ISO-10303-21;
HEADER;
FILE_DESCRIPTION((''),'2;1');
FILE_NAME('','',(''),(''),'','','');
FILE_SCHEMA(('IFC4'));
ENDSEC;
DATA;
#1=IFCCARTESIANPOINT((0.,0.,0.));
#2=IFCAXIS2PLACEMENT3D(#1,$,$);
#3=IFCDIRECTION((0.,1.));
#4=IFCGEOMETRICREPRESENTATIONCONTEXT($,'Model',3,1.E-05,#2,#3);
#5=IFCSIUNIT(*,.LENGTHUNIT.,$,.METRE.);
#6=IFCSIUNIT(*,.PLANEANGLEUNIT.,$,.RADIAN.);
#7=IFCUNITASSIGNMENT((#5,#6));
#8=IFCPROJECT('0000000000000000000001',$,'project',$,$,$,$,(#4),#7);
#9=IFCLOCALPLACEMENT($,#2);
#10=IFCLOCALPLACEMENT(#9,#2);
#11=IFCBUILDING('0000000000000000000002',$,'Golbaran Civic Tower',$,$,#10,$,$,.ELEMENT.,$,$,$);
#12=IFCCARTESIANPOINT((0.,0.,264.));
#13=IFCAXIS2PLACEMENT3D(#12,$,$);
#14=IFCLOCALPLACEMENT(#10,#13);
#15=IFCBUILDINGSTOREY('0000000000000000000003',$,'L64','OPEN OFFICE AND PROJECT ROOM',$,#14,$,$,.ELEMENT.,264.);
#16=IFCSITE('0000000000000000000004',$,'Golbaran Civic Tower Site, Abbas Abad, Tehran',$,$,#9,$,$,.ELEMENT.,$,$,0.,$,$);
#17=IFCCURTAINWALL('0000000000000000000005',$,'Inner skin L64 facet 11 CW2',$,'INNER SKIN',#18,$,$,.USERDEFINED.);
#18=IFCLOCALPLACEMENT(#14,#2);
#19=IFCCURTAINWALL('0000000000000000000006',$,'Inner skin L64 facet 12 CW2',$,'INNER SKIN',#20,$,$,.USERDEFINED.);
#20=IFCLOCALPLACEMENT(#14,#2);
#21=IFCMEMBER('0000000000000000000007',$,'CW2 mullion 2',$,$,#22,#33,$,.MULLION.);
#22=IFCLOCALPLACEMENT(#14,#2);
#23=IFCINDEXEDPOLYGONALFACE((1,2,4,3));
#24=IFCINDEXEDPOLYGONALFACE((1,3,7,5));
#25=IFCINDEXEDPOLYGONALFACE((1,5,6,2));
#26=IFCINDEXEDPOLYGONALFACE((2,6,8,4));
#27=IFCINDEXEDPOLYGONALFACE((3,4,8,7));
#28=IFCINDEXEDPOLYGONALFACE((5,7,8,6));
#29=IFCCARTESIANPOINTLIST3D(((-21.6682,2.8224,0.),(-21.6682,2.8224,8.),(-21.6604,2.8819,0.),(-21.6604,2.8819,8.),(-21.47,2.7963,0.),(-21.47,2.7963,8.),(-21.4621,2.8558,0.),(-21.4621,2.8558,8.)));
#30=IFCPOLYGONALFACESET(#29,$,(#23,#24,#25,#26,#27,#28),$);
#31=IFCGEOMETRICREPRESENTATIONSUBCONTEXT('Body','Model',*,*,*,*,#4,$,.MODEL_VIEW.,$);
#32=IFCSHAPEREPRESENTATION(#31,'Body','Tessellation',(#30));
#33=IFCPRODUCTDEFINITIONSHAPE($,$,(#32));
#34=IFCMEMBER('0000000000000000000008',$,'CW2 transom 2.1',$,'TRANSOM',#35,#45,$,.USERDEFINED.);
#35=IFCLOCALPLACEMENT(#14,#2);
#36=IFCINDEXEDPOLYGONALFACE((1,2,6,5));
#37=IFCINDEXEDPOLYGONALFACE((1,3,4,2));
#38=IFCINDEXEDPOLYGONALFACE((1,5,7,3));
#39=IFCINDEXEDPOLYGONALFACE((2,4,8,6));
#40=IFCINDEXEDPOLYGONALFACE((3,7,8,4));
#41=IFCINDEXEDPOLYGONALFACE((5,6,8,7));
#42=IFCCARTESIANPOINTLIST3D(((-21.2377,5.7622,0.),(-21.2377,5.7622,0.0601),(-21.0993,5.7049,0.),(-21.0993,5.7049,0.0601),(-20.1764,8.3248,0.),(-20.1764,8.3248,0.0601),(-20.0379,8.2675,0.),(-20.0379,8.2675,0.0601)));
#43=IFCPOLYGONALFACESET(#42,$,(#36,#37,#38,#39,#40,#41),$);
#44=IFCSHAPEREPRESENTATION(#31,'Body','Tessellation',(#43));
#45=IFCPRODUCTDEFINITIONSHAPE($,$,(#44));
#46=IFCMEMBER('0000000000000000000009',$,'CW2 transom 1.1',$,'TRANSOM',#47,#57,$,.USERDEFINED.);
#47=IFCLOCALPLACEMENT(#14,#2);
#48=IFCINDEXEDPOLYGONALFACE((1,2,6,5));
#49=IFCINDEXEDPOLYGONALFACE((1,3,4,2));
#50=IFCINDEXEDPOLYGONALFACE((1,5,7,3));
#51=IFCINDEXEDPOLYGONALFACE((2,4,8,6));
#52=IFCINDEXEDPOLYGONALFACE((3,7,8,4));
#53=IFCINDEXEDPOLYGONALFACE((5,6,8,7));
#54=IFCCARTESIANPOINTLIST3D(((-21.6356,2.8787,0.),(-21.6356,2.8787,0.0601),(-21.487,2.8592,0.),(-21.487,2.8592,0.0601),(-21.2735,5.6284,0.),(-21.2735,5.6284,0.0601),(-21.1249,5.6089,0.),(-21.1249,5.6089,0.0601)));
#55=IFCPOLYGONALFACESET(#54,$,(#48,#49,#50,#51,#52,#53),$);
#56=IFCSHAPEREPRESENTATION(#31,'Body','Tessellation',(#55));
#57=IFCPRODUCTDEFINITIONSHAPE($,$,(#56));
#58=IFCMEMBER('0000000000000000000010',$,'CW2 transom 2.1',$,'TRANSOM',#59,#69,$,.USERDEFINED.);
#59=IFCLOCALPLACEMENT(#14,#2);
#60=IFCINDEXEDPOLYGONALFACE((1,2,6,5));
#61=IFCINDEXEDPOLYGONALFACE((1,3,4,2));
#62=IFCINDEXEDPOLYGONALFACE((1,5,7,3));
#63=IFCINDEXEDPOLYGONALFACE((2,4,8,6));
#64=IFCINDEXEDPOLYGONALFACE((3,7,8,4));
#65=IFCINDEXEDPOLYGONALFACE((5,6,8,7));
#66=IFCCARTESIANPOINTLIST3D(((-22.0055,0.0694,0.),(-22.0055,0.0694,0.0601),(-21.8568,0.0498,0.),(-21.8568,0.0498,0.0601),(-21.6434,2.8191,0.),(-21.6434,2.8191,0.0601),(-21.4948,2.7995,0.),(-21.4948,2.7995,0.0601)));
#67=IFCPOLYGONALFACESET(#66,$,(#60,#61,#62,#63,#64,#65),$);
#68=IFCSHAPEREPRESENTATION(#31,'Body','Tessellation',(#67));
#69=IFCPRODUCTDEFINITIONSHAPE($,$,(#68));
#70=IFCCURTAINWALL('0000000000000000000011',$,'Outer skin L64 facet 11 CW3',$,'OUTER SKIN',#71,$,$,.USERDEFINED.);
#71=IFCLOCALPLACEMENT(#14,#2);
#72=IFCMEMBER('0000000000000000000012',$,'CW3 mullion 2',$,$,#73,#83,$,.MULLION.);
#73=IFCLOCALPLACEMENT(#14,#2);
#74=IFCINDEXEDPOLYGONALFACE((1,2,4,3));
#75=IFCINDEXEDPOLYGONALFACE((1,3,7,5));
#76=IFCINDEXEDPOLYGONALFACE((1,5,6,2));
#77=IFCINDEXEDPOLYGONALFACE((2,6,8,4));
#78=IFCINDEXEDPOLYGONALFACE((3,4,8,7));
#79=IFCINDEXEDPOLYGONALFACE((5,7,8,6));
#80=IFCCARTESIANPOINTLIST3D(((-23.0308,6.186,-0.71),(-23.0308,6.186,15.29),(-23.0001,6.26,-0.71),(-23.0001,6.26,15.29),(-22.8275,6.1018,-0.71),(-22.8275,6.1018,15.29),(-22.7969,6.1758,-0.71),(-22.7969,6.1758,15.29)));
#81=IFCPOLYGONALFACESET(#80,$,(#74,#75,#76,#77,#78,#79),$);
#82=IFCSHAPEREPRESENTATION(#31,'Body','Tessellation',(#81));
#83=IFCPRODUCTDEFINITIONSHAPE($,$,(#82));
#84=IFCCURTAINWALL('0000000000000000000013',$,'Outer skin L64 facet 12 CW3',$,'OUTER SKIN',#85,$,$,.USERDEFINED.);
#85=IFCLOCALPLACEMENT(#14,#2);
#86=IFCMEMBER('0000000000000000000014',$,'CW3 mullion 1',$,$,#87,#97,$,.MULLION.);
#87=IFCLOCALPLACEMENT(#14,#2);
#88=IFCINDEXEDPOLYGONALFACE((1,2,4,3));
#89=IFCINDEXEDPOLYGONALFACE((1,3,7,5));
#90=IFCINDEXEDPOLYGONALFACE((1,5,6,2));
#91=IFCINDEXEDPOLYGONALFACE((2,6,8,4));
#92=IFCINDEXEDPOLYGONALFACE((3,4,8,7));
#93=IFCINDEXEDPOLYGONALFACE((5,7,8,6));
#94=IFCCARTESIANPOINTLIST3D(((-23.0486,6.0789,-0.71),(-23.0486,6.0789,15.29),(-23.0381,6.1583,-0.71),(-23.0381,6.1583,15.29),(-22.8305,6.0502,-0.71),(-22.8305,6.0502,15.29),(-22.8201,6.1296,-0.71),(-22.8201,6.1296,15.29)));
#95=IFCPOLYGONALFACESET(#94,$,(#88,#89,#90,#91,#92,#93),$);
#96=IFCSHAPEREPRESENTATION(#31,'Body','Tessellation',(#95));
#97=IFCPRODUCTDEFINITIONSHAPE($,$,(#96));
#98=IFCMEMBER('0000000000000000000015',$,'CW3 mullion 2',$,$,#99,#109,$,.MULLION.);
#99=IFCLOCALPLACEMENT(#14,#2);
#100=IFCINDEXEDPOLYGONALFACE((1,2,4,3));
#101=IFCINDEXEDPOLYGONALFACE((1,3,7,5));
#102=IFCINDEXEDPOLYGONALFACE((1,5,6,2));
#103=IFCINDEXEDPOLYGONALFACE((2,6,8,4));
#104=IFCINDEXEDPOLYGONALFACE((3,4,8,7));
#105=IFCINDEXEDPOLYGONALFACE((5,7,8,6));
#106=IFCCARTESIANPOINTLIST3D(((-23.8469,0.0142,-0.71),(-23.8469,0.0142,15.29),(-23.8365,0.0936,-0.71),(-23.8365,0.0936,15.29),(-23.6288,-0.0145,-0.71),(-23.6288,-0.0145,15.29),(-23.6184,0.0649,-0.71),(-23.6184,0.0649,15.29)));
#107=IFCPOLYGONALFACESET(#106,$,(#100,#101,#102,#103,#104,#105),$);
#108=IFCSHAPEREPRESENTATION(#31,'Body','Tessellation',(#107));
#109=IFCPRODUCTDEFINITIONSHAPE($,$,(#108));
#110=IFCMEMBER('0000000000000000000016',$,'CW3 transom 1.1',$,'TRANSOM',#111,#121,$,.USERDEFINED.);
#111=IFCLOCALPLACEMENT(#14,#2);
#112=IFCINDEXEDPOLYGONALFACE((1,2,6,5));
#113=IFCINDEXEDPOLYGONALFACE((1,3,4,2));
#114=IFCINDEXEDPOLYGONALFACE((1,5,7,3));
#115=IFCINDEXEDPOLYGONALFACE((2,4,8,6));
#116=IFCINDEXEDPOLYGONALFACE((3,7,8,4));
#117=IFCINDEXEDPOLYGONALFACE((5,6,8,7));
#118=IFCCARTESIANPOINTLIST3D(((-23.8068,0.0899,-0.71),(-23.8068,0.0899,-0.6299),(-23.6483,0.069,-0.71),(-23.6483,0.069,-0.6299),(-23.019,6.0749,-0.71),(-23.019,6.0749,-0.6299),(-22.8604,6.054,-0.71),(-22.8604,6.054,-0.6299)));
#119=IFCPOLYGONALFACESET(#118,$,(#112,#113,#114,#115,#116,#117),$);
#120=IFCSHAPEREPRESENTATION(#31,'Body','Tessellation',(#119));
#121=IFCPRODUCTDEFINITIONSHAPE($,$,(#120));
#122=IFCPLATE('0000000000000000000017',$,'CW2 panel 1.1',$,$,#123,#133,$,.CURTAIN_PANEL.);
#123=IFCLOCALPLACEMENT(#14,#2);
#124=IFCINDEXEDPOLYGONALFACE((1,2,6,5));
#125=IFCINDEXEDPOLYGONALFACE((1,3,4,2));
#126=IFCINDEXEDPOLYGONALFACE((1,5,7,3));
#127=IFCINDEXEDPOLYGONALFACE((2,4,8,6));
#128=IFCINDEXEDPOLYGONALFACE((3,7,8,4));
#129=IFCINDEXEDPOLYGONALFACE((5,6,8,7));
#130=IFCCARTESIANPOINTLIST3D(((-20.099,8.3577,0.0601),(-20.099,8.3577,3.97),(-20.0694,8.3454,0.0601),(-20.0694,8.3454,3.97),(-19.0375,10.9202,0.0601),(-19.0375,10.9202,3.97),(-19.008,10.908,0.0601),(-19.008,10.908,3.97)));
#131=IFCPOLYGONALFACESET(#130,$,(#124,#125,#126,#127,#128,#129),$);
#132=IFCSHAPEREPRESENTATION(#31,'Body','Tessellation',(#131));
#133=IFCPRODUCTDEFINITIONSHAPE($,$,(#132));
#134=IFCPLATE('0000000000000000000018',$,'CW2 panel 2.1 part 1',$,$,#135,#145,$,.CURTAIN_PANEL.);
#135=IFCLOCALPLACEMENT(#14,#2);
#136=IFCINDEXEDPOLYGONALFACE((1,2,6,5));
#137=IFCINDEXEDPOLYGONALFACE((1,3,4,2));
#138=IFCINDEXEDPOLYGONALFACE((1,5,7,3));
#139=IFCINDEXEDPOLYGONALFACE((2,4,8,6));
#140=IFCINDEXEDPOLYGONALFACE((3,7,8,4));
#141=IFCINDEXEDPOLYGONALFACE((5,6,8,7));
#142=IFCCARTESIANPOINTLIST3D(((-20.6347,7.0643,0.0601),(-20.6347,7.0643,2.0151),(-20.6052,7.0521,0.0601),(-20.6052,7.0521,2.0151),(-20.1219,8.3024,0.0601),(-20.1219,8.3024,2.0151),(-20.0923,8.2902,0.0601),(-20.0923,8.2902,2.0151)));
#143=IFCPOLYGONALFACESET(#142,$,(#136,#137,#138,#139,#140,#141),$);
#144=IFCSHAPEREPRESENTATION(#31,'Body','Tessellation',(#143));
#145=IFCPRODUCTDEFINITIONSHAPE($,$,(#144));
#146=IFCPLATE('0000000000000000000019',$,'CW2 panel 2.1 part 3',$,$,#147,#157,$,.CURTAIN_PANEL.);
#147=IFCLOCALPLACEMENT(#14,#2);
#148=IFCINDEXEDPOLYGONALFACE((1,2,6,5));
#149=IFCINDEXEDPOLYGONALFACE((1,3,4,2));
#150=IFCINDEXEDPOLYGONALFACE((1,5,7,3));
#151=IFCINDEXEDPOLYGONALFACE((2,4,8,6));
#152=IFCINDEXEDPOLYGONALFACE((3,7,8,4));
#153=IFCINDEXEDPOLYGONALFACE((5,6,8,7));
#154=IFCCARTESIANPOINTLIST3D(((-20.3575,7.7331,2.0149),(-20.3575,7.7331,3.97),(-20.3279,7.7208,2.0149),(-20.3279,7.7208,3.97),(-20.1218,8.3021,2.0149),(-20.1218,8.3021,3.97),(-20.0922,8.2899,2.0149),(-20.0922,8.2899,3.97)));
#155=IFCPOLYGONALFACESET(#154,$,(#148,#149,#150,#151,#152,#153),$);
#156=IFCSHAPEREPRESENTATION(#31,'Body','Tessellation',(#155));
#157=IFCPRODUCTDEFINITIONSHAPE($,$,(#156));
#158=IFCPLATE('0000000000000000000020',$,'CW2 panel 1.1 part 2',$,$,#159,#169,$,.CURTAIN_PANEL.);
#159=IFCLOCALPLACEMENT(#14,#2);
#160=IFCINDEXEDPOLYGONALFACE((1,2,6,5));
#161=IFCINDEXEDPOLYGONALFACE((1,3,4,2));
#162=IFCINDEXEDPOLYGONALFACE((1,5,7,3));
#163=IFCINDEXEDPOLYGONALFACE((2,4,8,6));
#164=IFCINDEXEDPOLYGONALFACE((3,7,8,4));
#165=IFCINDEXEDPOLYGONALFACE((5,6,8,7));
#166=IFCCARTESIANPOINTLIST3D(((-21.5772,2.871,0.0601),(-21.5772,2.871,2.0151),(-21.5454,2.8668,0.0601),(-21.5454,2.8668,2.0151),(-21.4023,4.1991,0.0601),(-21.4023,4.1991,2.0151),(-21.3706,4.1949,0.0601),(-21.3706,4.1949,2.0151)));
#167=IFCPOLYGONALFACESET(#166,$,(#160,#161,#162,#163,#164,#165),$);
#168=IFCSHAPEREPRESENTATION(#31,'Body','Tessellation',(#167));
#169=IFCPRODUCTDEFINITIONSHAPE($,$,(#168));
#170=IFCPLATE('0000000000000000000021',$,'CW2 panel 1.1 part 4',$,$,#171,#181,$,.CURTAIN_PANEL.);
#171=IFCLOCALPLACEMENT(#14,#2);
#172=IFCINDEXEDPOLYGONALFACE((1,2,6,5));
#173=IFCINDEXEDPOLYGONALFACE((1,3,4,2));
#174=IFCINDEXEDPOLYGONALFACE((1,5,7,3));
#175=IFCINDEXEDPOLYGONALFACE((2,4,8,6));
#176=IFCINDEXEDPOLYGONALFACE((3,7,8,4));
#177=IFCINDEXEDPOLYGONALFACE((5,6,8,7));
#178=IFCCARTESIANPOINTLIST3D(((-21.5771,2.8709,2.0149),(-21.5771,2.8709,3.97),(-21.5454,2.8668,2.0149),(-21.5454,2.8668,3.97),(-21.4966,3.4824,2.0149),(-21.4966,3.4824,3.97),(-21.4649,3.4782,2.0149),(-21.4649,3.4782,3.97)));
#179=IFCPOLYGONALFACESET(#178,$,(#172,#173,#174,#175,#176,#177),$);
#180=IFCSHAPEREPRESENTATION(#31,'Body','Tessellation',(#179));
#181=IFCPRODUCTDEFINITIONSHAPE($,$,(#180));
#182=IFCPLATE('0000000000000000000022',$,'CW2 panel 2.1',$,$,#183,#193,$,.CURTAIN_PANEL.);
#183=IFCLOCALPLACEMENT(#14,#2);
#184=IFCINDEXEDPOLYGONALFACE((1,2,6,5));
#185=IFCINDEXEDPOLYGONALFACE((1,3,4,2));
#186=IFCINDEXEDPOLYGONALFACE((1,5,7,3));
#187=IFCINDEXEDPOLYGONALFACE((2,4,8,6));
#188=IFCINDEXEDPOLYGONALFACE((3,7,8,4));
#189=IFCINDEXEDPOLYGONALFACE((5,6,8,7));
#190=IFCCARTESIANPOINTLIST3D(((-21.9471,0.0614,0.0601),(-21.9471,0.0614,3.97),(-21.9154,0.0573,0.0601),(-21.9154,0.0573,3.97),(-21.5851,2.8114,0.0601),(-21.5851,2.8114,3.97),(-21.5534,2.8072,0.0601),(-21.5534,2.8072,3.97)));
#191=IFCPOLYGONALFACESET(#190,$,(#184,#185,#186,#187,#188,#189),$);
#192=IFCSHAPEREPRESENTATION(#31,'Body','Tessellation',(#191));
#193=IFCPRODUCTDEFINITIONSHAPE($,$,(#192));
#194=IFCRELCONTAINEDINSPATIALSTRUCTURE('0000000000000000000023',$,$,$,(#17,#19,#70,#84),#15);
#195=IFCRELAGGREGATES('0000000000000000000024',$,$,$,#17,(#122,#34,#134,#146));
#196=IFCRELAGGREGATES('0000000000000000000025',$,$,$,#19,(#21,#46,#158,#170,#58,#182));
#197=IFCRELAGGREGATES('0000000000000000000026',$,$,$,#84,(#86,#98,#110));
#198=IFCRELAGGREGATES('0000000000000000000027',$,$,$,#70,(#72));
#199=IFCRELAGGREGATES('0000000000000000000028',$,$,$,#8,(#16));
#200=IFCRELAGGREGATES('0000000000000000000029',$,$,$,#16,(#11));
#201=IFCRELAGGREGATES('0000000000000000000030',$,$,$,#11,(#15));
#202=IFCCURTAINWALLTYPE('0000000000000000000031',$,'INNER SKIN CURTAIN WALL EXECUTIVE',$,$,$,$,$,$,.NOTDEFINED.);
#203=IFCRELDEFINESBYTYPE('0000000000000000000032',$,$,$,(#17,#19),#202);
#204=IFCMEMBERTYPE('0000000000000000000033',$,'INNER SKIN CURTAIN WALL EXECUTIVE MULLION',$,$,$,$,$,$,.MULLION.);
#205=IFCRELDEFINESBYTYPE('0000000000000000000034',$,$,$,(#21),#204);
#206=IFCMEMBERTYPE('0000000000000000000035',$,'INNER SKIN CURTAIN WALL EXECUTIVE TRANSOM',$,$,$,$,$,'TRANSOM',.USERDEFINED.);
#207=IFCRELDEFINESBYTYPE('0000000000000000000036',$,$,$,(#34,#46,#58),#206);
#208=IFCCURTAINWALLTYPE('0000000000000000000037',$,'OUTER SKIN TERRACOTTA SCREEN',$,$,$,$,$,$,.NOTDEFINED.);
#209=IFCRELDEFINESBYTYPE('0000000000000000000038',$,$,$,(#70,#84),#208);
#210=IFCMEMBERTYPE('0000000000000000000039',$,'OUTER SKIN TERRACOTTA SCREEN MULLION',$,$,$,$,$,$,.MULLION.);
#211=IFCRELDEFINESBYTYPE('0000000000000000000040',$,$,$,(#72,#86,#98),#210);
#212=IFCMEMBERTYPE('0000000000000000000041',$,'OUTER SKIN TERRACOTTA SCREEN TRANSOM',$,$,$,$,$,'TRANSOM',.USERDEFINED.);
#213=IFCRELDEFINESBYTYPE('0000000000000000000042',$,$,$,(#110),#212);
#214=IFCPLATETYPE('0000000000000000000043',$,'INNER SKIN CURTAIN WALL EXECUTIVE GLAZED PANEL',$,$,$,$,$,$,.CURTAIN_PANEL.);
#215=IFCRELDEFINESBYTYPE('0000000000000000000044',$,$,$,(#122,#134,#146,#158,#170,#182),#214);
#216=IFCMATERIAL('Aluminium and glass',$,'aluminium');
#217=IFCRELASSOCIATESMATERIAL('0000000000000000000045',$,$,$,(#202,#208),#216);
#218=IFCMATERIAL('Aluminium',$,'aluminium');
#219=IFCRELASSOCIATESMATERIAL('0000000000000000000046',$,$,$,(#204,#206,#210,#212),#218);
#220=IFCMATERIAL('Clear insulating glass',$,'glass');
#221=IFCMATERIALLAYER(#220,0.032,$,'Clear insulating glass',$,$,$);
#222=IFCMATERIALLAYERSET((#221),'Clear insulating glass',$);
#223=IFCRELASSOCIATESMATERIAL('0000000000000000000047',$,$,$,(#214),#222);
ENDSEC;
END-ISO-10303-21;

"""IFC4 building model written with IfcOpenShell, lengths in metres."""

from ifc_helpers import new_model, si_unit, direction, frame, origin, origin_2d, place, context, subcontext, project, spatial, rectangle, extrude, material, layer, layer_set, material_profile, profile_set, type_object, element, aggregate, save


model = new_model("IFC4")

# Units and contexts
model_context = context("Model", 3, precision=1e-05, world=origin(), true_north=direction((0.0, 1.0)))
body_context = subcontext(model_context, "Body", "Model", "MODEL_VIEW")
ifc_project = project(units=[si_unit("LENGTHUNIT", "METRE"), si_unit("PLANEANGLEUNIT", "RADIAN")], contexts=[model_context])

# Site, building, storey
site_placement = place(None, origin())
site = spatial("IfcSite", under=ifc_project, at=site_placement, Name="Golbaran Civic Tower Site, Abbas Abad, Tehran", CompositionType="ELEMENT", RefElevation=0.0)
building_placement = place(site_placement, origin())
building = spatial("IfcBuilding", under=site, at=building_placement, Name="Golbaran Civic Tower", CompositionType="ELEMENT")
storey_placement = place(building_placement, frame((0.0, 0.0, 264.0)))
storey = spatial("IfcBuildingStorey", under=building, at=storey_placement, Name="L64", Description="OPEN OFFICE AND PROJECT ROOM", CompositionType="ELEMENT", Elevation=264.0)

# Curtain walls, member
ifc_material_1 = material(Name="Aluminium and glass", Category="aluminium")
curtain_wall_type_1 = type_object("IfcCurtainWallType", Name="INNER SKIN CURTAIN WALL EXECUTIVE", PredefinedType="NOTDEFINED", material=ifc_material_1)
curtain_wall_1_placement = place(storey_placement, origin())
curtain_wall_1 = element("IfcCurtainWall", 1, at=curtain_wall_1_placement, inside=storey, type_object=curtain_wall_type_1, Name="Inner skin L64 facet 11 CW2", ObjectType="INNER SKIN", PredefinedType="USERDEFINED")
ifc_material_2 = material(Name="Aluminium", Category="aluminium")
ifc_material_profile_1 = material_profile(ifc_material_2, rectangle(XDim=0.2, YDim=0.0601, at=origin_2d()), Name="INNER SKIN CURTAIN WALL EXECUTIVE MULLION")
ifc_profile_set_1 = profile_set([ifc_material_profile_1], Name="Aluminium")
member_type_1 = type_object("IfcMemberType", Name="INNER SKIN CURTAIN WALL EXECUTIVE MULLION", PredefinedType="MULLION", material=ifc_profile_set_1)
curtain_wall_2_placement = place(storey_placement, origin())
curtain_wall_2 = element("IfcCurtainWall", 2, at=curtain_wall_2_placement, inside=storey, type_object=curtain_wall_type_1, Name="Inner skin L64 facet 12 CW2", ObjectType="INNER SKIN", PredefinedType="USERDEFINED")
member_1_placement = place(storey_placement, frame((-21.5652, 2.8391, 0.0), z_axis=(0.0, 0.0, 1.0), x_axis=(0.991445, -0.130526, 0.0)))
member_1 = element("IfcMember", 3, at=member_1_placement, type_object=member_type_1, Name="CW2 mullion 2", PredefinedType="MULLION", context=body_context, shape_type="SweptSolid", body=[
    extrude(rectangle(XDim=0.2, YDim=0.0601, at=origin_2d()), origin(), (0.0, 0.0, 1.0), 8.0),
])

# Members
ifc_material_profile_2 = material_profile(ifc_material_2, rectangle(XDim=0.1499, YDim=0.0601, at=origin_2d()), Name="INNER SKIN CURTAIN WALL EXECUTIVE TRANSOM")
ifc_profile_set_2 = profile_set([ifc_material_profile_2], Name="Aluminium")
member_type_2 = type_object("IfcMemberType", Name="INNER SKIN CURTAIN WALL EXECUTIVE TRANSOM", ElementType="TRANSOM", PredefinedType="USERDEFINED", material=ifc_profile_set_2)
member_2_placement = place(storey_placement, frame((-20.1072, 8.2961, 0.03), z_axis=(-0.382639, -0.923898, 0.0), x_axis=(0.923898, -0.382639, 0.0)))
member_2 = element("IfcMember", 4, at=member_2_placement, type_object=member_type_2, Name="CW2 transom 2.1", ObjectType="TRANSOM", PredefinedType="USERDEFINED", context=body_context, shape_type="SweptSolid", body=[
    extrude(rectangle(XDim=0.1499, YDim=0.0601, at=origin_2d()), origin(), (0.0, 0.0, 1.0), 2.7737),
])
member_3_placement = place(storey_placement, frame((-21.1992, 5.6187, 0.03), z_axis=(-0.130543, -0.991443, 0.0), x_axis=(0.991443, -0.130543, 0.0)))
member_3 = element("IfcMember", 5, at=member_3_placement, type_object=member_type_2, Name="CW2 transom 1.1", ObjectType="TRANSOM", PredefinedType="USERDEFINED", context=body_context, shape_type="SweptSolid", body=[
    extrude(rectangle(XDim=0.1499, YDim=0.0601, at=origin_2d()), origin(), (0.0, 0.0, 1.0), 2.7734),
])
member_4_placement = place(storey_placement, frame((-21.5691, 2.8093, 0.03), z_axis=(-0.130543, -0.991443, 0.0), x_axis=(0.991443, -0.130543, 0.0)))
member_4 = element("IfcMember", 6, at=member_4_placement, type_object=member_type_2, Name="CW2 transom 2.1", ObjectType="TRANSOM", PredefinedType="USERDEFINED", context=body_context, shape_type="SweptSolid", body=[
    extrude(rectangle(XDim=0.1499, YDim=0.0601, at=origin_2d()), origin(), (0.0, 0.0, 1.0), 2.7734),
])

# Curtain wall, member
curtain_wall_type_2 = type_object("IfcCurtainWallType", Name="OUTER SKIN TERRACOTTA SCREEN", PredefinedType="NOTDEFINED", material=ifc_material_1)
curtain_wall_3_placement = place(storey_placement, origin())
curtain_wall_3 = element("IfcCurtainWall", 7, at=curtain_wall_3_placement, inside=storey, type_object=curtain_wall_type_2, Name="Outer skin L64 facet 11 CW3", ObjectType="OUTER SKIN", PredefinedType="USERDEFINED")
ifc_material_profile_3 = material_profile(ifc_material_2, rectangle(XDim=0.22, YDim=0.0801, at=origin_2d()), Name="OUTER SKIN TERRACOTTA SCREEN MULLION")
ifc_profile_set_3 = profile_set([ifc_material_profile_3], Name="Aluminium")
member_type_3 = type_object("IfcMemberType", Name="OUTER SKIN TERRACOTTA SCREEN MULLION", PredefinedType="MULLION", material=ifc_profile_set_3)
member_5_placement = place(storey_placement, frame((-22.9138, 6.1809, -0.71), z_axis=(0.0, 0.0, 1.0), x_axis=(0.92388, -0.382683, 0.0)))
member_5 = element("IfcMember", 8, at=member_5_placement, type_object=member_type_3, Name="CW3 mullion 2", PredefinedType="MULLION", context=body_context, shape_type="SweptSolid", body=[
    extrude(rectangle(XDim=0.22, YDim=0.0801, at=origin_2d()), origin(), (0.0, 0.0, 1.0), 16.0),
])

# Curtain wall, members
curtain_wall_4_placement = place(storey_placement, origin())
curtain_wall_4 = element("IfcCurtainWall", 9, at=curtain_wall_4_placement, inside=storey, type_object=curtain_wall_type_2, Name="Outer skin L64 facet 12 CW3", ObjectType="OUTER SKIN", PredefinedType="USERDEFINED")
member_6_placement = place(storey_placement, frame((-22.9343, 6.1042, -0.71), z_axis=(0.0, 0.0, 1.0), x_axis=(0.991445, -0.130526, 0.0)))
member_6 = element("IfcMember", 10, at=member_6_placement, type_object=member_type_3, Name="CW3 mullion 1", PredefinedType="MULLION", context=body_context, shape_type="SweptSolid", body=[
    extrude(rectangle(XDim=0.22, YDim=0.0801, at=origin_2d()), origin(), (0.0, 0.0, 1.0), 16.0),
])
member_7_placement = place(storey_placement, frame((-23.7327, 0.0396, -0.71), z_axis=(0.0, 0.0, 1.0), x_axis=(0.991445, -0.130526, 0.0)))
member_7 = element("IfcMember", 11, at=member_7_placement, type_object=member_type_3, Name="CW3 mullion 2", PredefinedType="MULLION", context=body_context, shape_type="SweptSolid", body=[
    extrude(rectangle(XDim=0.22, YDim=0.0801, at=origin_2d()), origin(), (0.0, 0.0, 1.0), 16.0),
])
ifc_material_profile_4 = material_profile(ifc_material_2, rectangle(XDim=0.1599, YDim=0.0801, at=origin_2d()), Name="OUTER SKIN TERRACOTTA SCREEN TRANSOM")
ifc_profile_set_4 = profile_set([ifc_material_profile_4], Name="Aluminium")
member_type_4 = type_object("IfcMemberType", Name="OUTER SKIN TERRACOTTA SCREEN TRANSOM", ElementType="TRANSOM", PredefinedType="USERDEFINED", material=ifc_profile_set_4)
member_8_placement = place(storey_placement, frame((-22.9397, 6.0645, -0.6699), z_axis=(-0.130508, -0.991447, 0.0), x_axis=(0.991447, -0.130508, 0.0)))
member_8 = element("IfcMember", 12, at=member_8_placement, type_object=member_type_4, Name="CW3 transom 1.1", ObjectType="TRANSOM", PredefinedType="USERDEFINED", context=body_context, shape_type="SweptSolid", body=[
    extrude(rectangle(XDim=0.1599, YDim=0.0801, at=origin_2d()), origin(), (0.0, 0.0, 1.0), 6.0366),
])

# Plates
ifc_material_3 = material(Name="Clear insulating glass", Category="glass")
ifc_layer_1 = layer(ifc_material_3, 0.032, Name="Clear insulating glass")
ifc_layer_set_1 = layer_set([ifc_layer_1], Name="Clear insulating glass")
plate_type_1 = type_object("IfcPlateType", Name="INNER SKIN CURTAIN WALL EXECUTIVE GLAZED PANEL", PredefinedType="CURTAIN_PANEL", material=ifc_layer_set_1)
plate_1_placement = place(storey_placement, frame((-19.5535, 9.6328, 0.0601), z_axis=(0.0, 0.0, 1.0), x_axis=(-0.382683, -0.92388, 0.0)))
plate_1 = element("IfcPlate", 13, at=plate_1_placement, type_object=plate_type_1, Name="CW2 panel 1.1", PredefinedType="CURTAIN_PANEL", context=body_context, shape_type="SweptSolid", body=[
    extrude(rectangle(XDim=2.7737, YDim=0.032, at=origin_2d()), origin(), (0.0, 0.0, 1.0), 3.9099),
])
plate_2_placement = place(storey_placement, frame((-20.3635, 7.6772, 0.0601), z_axis=(0.0, 0.0, 1.0), x_axis=(-0.382683, -0.92388, 0.0)))
plate_2 = element("IfcPlate", 14, at=plate_2_placement, type_object=plate_type_1, Name="CW2 panel 2.1 part 1", PredefinedType="CURTAIN_PANEL", context=body_context, shape_type="SweptSolid", body=[
    extrude(rectangle(XDim=1.3401, YDim=0.032, at=origin_2d()), origin(), (0.0, 0.0, 1.0), 1.9551),
])
plate_3_placement = place(storey_placement, frame((-20.2249, 8.0115, 2.0149), z_axis=(0.0, 0.0, 1.0), x_axis=(-0.382683, -0.92388, 0.0)))
plate_3 = element("IfcPlate", 15, at=plate_3_placement, type_object=plate_type_1, Name="CW2 panel 2.1 part 3", PredefinedType="CURTAIN_PANEL", context=body_context, shape_type="SweptSolid", body=[
    extrude(rectangle(XDim=0.616, YDim=0.032, at=origin_2d()), origin(), (0.0, 0.0, 1.0), 1.9551),
])
plate_4_placement = place(storey_placement, frame((-21.4739, 3.533, 0.0601), z_axis=(0.0, 0.0, 1.0), x_axis=(-0.130526, -0.991445, 0.0)))
plate_4 = element("IfcPlate", 16, at=plate_4_placement, type_object=plate_type_1, Name="CW2 panel 1.1 part 2", PredefinedType="CURTAIN_PANEL", context=body_context, shape_type="SweptSolid", body=[
    extrude(rectangle(XDim=1.3396, YDim=0.032, at=origin_2d()), origin(), (0.0, 0.0, 1.0), 1.9551),
])
plate_5_placement = place(storey_placement, frame((-21.521, 3.1746, 2.0149), z_axis=(0.0, 0.0, 1.0), x_axis=(-0.130526, -0.991445, 0.0)))
plate_5 = element("IfcPlate", 17, at=plate_5_placement, type_object=plate_type_1, Name="CW2 panel 1.1 part 4", PredefinedType="CURTAIN_PANEL", context=body_context, shape_type="SweptSolid", body=[
    extrude(rectangle(XDim=0.6167, YDim=0.032, at=origin_2d()), origin(), (0.0, 0.0, 1.0), 1.9551),
])
plate_6_placement = place(storey_placement, frame((-21.7502, 1.4343, 0.0601), z_axis=(0.0, 0.0, 1.0), x_axis=(-0.130526, -0.991445, 0.0)))
plate_6 = element("IfcPlate", 18, at=plate_6_placement, type_object=plate_type_1, Name="CW2 panel 2.1", PredefinedType="CURTAIN_PANEL", context=body_context, shape_type="SweptSolid", body=[
    extrude(rectangle(XDim=2.7737, YDim=0.032, at=origin_2d()), origin(), (0.0, 0.0, 1.0), 3.9099),
])
aggregate(curtain_wall_1, [plate_1, member_2, plate_2, plate_3])
aggregate(curtain_wall_2, [member_1, member_3, plate_4, plate_5, member_4, plate_6])
aggregate(curtain_wall_4, [member_6, member_7, member_8])
aggregate(curtain_wall_3, [member_5])

save(model, "model.ifc")
